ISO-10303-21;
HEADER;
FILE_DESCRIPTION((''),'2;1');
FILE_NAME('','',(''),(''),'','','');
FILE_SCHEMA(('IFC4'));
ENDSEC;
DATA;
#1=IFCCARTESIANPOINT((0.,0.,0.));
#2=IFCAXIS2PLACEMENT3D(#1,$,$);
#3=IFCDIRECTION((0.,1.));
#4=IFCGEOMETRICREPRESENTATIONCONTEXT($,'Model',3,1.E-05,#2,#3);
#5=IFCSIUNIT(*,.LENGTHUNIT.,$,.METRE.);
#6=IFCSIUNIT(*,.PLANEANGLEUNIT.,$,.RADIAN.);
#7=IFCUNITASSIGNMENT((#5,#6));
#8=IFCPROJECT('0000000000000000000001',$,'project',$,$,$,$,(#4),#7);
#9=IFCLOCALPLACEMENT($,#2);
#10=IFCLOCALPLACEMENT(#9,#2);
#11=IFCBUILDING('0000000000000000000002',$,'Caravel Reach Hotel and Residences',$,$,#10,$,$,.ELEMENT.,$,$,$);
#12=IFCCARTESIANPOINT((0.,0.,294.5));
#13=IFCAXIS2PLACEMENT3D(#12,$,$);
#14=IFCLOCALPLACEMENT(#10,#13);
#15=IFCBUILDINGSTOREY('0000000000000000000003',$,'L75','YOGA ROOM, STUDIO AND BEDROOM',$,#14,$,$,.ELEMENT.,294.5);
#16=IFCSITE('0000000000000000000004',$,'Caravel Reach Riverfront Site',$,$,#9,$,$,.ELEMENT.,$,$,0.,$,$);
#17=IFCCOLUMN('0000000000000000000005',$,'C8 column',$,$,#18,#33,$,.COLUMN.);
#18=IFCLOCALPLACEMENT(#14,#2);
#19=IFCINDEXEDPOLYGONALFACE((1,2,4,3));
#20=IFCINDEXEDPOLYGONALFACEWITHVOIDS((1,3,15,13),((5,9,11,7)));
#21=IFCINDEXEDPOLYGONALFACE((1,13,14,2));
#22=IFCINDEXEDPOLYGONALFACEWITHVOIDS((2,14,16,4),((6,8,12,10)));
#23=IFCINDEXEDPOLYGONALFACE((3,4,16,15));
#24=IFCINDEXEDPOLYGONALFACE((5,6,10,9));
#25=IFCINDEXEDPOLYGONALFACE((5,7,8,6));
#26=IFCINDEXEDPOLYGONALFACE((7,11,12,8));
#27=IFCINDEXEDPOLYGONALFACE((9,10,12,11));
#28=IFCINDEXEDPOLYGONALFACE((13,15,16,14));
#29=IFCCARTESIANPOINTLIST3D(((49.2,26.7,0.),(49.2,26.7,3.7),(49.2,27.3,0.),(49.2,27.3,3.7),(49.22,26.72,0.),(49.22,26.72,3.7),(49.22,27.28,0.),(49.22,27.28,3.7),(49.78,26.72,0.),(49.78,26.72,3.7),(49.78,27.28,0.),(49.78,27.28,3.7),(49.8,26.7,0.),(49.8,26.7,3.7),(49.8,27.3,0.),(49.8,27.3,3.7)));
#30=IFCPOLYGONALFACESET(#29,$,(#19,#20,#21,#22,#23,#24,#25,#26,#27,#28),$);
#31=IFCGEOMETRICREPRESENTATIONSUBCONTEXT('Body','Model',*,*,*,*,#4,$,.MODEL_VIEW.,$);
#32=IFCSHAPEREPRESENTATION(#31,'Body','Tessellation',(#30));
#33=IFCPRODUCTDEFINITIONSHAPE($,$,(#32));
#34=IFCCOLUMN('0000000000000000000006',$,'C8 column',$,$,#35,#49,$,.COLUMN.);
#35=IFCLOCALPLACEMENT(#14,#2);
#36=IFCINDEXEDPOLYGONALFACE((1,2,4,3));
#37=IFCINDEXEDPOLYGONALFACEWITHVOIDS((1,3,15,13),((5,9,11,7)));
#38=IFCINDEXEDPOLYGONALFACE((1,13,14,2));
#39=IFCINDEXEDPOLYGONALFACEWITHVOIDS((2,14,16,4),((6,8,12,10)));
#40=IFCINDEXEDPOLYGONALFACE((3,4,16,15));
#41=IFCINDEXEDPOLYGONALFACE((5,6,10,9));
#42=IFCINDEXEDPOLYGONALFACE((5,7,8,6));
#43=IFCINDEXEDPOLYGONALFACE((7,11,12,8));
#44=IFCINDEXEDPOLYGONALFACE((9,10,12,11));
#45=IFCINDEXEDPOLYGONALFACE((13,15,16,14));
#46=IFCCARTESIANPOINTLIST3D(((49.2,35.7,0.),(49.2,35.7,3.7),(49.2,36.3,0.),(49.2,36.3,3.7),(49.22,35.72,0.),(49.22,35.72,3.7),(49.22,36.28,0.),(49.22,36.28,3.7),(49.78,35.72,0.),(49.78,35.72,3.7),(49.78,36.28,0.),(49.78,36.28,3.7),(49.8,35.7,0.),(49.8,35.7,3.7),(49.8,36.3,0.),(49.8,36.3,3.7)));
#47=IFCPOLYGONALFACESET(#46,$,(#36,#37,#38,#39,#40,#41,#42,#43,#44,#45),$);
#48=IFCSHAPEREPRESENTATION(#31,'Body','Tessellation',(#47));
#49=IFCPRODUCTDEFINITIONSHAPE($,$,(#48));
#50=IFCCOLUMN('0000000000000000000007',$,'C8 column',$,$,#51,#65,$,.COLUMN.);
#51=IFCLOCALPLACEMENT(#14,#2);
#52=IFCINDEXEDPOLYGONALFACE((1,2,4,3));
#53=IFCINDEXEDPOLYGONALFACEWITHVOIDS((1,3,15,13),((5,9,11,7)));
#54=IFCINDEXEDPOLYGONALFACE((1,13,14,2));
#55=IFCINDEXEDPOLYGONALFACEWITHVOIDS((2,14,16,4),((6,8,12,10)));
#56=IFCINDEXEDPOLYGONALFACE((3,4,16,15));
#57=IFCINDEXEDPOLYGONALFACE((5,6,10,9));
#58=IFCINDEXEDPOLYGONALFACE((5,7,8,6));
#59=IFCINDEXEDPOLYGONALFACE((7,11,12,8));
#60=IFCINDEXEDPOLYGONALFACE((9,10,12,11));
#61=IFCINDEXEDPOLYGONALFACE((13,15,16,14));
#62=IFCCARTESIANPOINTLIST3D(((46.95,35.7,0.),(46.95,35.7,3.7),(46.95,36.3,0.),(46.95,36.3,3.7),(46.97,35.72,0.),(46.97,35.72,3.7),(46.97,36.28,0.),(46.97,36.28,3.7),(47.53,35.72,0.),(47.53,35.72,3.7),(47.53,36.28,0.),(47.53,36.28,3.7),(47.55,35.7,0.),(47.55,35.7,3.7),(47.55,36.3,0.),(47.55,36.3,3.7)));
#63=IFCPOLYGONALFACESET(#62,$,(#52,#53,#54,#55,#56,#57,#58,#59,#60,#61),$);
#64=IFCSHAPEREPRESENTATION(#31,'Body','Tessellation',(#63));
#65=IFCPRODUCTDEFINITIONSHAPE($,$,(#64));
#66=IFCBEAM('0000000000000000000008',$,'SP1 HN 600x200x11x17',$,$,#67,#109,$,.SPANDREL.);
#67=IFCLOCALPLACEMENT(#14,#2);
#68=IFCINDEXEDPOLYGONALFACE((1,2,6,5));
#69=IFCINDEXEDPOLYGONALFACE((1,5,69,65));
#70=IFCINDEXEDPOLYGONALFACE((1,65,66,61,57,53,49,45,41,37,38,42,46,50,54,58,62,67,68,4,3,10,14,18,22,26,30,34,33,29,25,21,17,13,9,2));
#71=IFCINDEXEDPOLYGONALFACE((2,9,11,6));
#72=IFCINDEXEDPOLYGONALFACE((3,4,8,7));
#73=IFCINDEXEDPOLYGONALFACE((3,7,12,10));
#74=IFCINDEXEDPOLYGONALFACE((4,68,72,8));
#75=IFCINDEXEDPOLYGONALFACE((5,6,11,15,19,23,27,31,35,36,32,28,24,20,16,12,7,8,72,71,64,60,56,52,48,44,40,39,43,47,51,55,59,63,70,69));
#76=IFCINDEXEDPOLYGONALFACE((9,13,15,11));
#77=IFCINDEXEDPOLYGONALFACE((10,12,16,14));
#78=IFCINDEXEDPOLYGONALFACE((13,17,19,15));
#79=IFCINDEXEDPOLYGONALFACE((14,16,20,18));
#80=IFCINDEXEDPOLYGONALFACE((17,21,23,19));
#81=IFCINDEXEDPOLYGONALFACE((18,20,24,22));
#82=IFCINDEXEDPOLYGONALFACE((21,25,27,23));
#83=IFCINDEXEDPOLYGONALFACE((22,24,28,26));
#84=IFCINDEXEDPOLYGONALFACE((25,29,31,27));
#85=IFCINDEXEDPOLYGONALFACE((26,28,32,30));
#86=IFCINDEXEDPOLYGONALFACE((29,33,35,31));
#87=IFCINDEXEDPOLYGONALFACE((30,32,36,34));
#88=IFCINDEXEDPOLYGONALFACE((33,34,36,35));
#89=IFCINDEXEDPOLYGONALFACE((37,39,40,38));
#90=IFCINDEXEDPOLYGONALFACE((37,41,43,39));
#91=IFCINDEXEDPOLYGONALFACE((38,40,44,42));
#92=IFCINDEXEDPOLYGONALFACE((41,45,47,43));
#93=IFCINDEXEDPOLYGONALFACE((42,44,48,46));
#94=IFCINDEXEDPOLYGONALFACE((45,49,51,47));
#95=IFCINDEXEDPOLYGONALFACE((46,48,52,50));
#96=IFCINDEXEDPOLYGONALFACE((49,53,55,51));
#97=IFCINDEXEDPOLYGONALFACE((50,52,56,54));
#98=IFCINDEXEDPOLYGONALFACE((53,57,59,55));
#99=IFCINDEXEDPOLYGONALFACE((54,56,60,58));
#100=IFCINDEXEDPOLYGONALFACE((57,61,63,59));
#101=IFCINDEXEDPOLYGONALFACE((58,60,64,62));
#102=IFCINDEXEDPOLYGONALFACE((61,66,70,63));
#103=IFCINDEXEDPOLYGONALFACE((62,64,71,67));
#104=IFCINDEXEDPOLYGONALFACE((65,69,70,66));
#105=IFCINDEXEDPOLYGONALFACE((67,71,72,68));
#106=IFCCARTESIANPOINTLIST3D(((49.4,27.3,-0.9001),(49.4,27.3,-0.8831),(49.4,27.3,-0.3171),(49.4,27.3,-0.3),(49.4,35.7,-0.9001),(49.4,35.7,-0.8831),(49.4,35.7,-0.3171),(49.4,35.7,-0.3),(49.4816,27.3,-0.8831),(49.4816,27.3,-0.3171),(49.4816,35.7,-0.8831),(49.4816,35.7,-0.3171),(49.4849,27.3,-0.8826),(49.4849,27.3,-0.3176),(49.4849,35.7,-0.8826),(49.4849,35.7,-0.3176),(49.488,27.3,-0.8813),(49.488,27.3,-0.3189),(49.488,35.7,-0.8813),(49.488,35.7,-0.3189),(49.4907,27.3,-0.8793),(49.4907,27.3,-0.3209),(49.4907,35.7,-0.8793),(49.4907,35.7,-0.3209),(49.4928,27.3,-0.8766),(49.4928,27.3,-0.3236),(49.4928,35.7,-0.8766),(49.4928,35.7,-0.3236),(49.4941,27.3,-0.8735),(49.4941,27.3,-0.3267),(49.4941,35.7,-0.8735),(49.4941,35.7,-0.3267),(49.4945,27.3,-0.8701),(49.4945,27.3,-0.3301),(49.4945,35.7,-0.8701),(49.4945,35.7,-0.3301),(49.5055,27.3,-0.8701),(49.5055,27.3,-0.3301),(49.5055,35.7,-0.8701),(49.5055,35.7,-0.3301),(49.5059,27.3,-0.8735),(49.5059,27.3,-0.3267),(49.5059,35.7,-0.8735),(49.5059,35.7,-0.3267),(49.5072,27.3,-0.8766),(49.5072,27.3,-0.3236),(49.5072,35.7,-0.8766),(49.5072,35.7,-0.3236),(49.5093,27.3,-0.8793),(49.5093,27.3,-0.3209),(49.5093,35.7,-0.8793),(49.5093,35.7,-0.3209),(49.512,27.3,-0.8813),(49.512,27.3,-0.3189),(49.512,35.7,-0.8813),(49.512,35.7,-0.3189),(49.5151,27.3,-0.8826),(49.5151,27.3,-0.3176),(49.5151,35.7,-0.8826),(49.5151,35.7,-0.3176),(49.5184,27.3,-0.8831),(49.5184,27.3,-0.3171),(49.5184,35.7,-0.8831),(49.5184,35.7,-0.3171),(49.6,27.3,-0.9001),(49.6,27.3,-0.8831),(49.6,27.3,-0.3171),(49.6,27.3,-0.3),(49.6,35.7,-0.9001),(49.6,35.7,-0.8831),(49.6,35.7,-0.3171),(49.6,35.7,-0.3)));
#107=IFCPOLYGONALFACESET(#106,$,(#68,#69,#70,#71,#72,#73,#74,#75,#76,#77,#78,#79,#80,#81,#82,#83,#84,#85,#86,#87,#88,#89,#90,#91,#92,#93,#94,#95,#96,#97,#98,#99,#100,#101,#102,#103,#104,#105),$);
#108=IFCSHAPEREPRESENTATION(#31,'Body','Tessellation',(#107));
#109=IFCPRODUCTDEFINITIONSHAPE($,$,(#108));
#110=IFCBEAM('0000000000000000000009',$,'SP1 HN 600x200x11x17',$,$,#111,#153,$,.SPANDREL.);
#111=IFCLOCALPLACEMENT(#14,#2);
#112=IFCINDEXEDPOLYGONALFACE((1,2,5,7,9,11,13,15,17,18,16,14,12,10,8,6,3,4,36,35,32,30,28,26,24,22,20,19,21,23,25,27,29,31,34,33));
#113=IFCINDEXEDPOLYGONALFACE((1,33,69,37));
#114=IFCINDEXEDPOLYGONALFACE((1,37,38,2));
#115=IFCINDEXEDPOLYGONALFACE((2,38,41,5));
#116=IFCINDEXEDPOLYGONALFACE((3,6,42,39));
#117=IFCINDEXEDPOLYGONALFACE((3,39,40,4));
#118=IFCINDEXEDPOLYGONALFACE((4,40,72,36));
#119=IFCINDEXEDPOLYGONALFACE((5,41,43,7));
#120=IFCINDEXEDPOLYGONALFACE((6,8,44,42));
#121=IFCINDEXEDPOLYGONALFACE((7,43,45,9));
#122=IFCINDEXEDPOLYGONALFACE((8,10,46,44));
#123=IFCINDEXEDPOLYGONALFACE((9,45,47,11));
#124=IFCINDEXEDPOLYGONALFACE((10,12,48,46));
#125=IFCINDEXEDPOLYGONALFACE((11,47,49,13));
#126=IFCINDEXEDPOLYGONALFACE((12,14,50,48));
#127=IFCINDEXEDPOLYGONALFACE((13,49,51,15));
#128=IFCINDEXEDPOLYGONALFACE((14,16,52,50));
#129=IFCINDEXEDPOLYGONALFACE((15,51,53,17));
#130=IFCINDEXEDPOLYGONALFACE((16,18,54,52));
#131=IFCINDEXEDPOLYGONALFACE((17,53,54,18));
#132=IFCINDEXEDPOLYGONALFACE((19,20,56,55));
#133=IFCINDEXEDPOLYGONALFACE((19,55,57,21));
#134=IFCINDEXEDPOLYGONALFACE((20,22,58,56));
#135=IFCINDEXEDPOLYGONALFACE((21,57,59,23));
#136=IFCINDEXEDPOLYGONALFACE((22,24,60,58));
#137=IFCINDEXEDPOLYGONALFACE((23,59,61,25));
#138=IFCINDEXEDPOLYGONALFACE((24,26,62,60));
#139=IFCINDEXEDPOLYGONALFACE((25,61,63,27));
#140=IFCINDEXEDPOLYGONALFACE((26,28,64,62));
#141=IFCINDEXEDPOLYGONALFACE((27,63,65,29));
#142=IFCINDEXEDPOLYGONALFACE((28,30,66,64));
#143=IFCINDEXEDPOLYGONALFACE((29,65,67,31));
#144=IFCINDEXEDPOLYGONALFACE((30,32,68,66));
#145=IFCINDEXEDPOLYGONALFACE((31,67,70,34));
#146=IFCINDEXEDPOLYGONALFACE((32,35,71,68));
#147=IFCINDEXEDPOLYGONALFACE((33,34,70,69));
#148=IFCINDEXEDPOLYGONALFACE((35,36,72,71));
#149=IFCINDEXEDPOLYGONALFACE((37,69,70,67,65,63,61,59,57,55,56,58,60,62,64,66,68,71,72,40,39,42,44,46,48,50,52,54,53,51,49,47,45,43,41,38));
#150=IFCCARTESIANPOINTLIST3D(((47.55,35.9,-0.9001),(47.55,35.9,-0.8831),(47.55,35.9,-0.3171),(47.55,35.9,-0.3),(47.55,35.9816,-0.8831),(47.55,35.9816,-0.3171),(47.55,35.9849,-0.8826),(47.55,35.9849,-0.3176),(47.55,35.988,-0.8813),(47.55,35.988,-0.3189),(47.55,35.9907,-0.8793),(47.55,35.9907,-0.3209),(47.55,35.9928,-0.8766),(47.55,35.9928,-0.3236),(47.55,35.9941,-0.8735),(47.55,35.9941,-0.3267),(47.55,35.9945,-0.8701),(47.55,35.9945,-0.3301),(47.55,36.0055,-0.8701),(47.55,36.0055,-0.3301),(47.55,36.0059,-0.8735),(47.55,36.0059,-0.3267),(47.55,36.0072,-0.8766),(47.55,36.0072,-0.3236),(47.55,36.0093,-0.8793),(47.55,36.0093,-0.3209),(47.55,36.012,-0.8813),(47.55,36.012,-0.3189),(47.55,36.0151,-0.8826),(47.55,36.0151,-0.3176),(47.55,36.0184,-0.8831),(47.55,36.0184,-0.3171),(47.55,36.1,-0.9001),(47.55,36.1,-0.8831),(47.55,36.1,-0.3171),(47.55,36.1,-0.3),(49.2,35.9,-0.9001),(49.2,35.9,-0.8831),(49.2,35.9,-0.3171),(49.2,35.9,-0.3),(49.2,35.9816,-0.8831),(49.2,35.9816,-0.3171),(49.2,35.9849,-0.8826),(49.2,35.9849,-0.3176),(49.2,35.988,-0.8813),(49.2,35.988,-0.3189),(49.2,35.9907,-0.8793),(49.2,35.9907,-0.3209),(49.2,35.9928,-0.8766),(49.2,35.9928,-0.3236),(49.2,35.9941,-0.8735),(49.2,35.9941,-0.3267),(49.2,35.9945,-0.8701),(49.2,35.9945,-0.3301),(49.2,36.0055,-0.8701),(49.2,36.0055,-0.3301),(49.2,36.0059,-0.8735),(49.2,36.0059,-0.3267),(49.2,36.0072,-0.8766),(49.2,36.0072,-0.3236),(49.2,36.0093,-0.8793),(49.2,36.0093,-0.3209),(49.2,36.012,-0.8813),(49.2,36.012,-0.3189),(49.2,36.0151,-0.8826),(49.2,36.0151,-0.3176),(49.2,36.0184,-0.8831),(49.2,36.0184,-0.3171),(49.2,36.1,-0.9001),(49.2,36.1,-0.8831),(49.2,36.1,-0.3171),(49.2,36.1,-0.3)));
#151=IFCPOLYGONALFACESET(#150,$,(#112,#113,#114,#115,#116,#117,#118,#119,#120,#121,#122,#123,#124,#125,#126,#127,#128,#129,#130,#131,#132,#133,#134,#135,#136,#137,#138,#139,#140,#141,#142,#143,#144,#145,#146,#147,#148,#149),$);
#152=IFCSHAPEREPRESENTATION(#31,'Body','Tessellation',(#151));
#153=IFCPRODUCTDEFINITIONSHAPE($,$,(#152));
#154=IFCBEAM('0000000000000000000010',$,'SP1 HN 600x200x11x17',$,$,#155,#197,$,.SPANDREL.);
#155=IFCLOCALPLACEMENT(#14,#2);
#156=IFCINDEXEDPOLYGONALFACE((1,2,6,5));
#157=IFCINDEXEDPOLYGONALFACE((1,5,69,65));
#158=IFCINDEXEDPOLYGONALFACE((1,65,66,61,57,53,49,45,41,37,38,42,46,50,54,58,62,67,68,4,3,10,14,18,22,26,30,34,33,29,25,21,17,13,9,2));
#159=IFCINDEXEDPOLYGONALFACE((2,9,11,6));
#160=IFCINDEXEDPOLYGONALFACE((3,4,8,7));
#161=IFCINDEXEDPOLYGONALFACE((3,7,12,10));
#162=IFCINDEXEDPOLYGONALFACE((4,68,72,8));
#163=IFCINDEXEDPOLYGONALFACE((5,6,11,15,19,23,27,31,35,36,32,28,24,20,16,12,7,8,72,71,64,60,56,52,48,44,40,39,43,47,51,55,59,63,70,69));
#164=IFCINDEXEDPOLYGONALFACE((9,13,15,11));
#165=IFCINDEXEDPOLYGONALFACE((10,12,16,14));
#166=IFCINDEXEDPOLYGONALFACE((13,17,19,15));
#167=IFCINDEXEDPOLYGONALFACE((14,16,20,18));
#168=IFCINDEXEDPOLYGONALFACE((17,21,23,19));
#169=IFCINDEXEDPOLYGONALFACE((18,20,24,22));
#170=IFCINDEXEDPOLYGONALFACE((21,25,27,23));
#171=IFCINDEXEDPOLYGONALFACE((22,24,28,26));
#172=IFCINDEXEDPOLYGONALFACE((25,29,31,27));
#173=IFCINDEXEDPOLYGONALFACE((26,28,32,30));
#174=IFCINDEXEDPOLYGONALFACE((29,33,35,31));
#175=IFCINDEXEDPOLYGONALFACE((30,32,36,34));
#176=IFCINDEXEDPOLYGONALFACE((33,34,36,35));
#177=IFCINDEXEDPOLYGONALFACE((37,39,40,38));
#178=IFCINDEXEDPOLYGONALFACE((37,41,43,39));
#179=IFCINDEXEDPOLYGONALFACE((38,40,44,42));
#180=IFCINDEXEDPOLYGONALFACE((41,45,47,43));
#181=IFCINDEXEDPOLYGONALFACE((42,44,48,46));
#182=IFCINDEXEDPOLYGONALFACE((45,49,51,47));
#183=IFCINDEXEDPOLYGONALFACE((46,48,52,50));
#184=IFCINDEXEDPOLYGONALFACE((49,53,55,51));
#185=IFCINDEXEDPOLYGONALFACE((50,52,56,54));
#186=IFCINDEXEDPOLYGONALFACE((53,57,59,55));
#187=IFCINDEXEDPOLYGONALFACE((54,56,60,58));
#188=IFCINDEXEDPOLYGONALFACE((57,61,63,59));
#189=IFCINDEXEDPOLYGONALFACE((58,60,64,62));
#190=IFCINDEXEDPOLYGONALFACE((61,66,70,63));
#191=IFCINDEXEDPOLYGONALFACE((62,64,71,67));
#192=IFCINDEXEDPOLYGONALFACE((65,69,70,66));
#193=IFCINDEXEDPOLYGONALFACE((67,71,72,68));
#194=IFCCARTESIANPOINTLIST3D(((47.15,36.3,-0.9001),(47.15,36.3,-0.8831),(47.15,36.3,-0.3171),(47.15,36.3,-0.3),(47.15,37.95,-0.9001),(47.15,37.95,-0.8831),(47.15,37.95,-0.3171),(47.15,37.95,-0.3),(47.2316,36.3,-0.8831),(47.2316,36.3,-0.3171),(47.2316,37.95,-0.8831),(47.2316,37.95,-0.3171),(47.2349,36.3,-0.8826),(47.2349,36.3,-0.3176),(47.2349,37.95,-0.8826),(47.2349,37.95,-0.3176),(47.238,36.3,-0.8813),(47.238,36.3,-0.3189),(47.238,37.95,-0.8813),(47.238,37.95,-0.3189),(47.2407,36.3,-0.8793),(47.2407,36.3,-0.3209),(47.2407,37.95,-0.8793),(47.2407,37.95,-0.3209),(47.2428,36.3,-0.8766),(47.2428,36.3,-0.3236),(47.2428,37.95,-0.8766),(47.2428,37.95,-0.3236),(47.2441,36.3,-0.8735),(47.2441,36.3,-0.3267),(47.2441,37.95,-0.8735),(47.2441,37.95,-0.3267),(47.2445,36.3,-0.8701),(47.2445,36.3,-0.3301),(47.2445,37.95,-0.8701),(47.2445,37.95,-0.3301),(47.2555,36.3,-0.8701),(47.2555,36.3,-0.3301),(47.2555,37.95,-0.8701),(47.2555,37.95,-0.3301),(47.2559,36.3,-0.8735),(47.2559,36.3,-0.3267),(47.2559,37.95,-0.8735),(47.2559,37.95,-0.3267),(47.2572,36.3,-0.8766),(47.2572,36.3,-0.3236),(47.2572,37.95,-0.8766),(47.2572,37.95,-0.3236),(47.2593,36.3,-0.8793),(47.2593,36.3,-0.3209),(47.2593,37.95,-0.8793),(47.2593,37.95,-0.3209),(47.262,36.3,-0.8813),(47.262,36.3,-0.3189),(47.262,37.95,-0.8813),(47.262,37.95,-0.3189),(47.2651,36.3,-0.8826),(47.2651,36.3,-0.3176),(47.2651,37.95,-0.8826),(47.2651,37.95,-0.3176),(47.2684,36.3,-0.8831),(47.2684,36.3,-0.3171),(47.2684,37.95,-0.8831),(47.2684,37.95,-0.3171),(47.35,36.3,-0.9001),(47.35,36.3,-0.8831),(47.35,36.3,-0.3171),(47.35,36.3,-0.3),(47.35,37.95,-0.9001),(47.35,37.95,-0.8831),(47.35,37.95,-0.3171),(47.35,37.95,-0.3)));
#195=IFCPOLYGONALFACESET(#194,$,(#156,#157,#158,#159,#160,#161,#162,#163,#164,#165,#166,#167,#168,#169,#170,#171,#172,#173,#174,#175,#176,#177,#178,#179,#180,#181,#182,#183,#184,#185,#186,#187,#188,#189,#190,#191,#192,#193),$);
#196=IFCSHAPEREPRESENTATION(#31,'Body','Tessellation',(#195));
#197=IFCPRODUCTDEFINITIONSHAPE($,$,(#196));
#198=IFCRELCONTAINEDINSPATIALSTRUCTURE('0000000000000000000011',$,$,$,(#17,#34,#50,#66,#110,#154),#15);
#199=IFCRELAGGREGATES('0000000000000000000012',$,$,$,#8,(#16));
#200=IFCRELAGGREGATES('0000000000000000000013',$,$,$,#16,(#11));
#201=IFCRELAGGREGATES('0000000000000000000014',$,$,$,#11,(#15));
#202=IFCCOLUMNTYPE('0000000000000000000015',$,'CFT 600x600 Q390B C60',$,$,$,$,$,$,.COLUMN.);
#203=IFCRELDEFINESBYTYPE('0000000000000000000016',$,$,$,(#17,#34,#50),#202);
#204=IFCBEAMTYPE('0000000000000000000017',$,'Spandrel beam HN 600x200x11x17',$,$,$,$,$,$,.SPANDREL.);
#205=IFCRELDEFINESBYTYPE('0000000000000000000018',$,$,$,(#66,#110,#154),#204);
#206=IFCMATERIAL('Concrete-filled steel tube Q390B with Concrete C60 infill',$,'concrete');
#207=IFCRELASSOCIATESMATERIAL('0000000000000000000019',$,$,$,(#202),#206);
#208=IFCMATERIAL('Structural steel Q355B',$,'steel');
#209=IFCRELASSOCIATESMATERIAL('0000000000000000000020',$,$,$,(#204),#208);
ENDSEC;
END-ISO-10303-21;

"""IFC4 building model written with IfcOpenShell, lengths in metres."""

from ifc_helpers import new_model, si_unit, direction, frame, origin, origin_2d, place, context, subcontext, project, spatial, hollow_rectangle, i_section, extrude, material, material_profile, profile_set, type_object, element, save


model = new_model("IFC4")

# Units and contexts
model_context = context("Model", 3, precision=1e-05, world=origin(), true_north=direction((0.0, 1.0)))
body_context = subcontext(model_context, "Body", "Model", "MODEL_VIEW")
ifc_project = project(units=[si_unit("LENGTHUNIT", "METRE"), si_unit("PLANEANGLEUNIT", "RADIAN")], contexts=[model_context])

# Site, building, storey
site_placement = place(None, origin())
site = spatial("IfcSite", under=ifc_project, at=site_placement, Name="Caravel Reach Riverfront Site", CompositionType="ELEMENT", RefElevation=0.0)
building_placement = place(site_placement, origin())
building = spatial("IfcBuilding", under=site, at=building_placement, Name="Caravel Reach Hotel and Residences", CompositionType="ELEMENT")
storey_placement = place(building_placement, frame((0.0, 0.0, 294.5)))
storey = spatial("IfcBuildingStorey", under=building, at=storey_placement, Name="L75", Description="YOGA ROOM, STUDIO AND BEDROOM", CompositionType="ELEMENT", Elevation=294.5)

# Columns
ifc_material_1 = material(Name="Concrete-filled steel tube Q390B with Concrete C60 infill", Category="concrete")
ifc_material_profile_1 = material_profile(ifc_material_1, hollow_rectangle(XDim=0.6001, YDim=0.6001, WallThickness=0.02, at=origin_2d()), Name="RHS 600x600x20")
ifc_profile_set_1 = profile_set([ifc_material_profile_1], Name="Concrete-filled steel tube Q390B with Concrete C60 infill")
column_type = type_object("IfcColumnType", Name="CFT 600x600 Q390B C60", PredefinedType="COLUMN", material=ifc_profile_set_1)
for number, where, z_axis, x_axis, name in (
    (1, (49.5, 27.0, 0.0), (0.0, 0.0, 1.0), (1.0, 0.0, 0.0), "C8 column"),
    (2, (49.5, 36.0, 0.0), (0.0, 0.0, 1.0), (1.0, 0.0, 0.0), "C8 column"),
    (3, (47.25, 36.0, 0.0), (0.0, 0.0, 1.0), (1.0, 0.0, 0.0), "C8 column"),
):
    element("IfcColumn", number, at=place(storey_placement, frame(where, z_axis=z_axis, x_axis=x_axis)), inside=storey, type_object=column_type, Name=name, PredefinedType="COLUMN", context=body_context, shape_type="SweptSolid", body=[
        extrude(hollow_rectangle(XDim=0.6001, YDim=0.6001, WallThickness=0.02, at=origin_2d()), origin(), (0.0, 0.0, 1.0), 3.7),
    ])

# Beams
ifc_material_2 = material(Name="Structural steel Q355B", Category="steel")
ifc_material_profile_2 = material_profile(ifc_material_2, i_section(OverallWidth=0.2, OverallDepth=0.6001, WebThickness=0.011, FlangeThickness=0.0171, FilletRadius=0.0129, at=origin_2d()), Name="HN 600x200x11x17")
ifc_profile_set_2 = profile_set([ifc_material_profile_2], Name="Structural steel Q355B")
beam_type = type_object("IfcBeamType", Name="Spandrel beam HN 600x200x11x17", PredefinedType="SPANDREL", material=ifc_profile_set_2)
beam_placement = place(storey_placement, frame((49.5, 27.3, -0.6001), z_axis=(0.0, 1.0, 0.0), x_axis=(-1.0, 0.0, 0.0)))
element("IfcBeam", 4, at=beam_placement, inside=storey, type_object=beam_type, Name="SP1 HN 600x200x11x17", PredefinedType="SPANDREL", context=body_context, shape_type="SweptSolid", body=[
    extrude(i_section(OverallWidth=0.2, OverallDepth=0.6001, WebThickness=0.011, FlangeThickness=0.0171, FilletRadius=0.0129, at=origin_2d()), origin(), (0.0, 0.0, 1.0), 8.3999),
])
for number, where, z_axis, x_axis, name in (
    (5, (49.2, 36.0, -0.6001), (-1.0, 0.0, 0.0), (0.0, -1.0, 0.0), "SP1 HN 600x200x11x17"),
    (6, (47.25, 36.3, -0.6001), (0.0, 1.0, 0.0), (-1.0, 0.0, 0.0), "SP1 HN 600x200x11x17"),
):
    element("IfcBeam", number, at=place(storey_placement, frame(where, z_axis=z_axis, x_axis=x_axis)), inside=storey, type_object=beam_type, Name=name, PredefinedType="SPANDREL", context=body_context, shape_type="SweptSolid", body=[
        extrude(i_section(OverallWidth=0.2, OverallDepth=0.6001, WebThickness=0.011, FlangeThickness=0.0171, FilletRadius=0.0129, at=origin_2d()), origin(), (0.0, 0.0, 1.0), 1.6499),
    ])

save(model, "model.ifc")
